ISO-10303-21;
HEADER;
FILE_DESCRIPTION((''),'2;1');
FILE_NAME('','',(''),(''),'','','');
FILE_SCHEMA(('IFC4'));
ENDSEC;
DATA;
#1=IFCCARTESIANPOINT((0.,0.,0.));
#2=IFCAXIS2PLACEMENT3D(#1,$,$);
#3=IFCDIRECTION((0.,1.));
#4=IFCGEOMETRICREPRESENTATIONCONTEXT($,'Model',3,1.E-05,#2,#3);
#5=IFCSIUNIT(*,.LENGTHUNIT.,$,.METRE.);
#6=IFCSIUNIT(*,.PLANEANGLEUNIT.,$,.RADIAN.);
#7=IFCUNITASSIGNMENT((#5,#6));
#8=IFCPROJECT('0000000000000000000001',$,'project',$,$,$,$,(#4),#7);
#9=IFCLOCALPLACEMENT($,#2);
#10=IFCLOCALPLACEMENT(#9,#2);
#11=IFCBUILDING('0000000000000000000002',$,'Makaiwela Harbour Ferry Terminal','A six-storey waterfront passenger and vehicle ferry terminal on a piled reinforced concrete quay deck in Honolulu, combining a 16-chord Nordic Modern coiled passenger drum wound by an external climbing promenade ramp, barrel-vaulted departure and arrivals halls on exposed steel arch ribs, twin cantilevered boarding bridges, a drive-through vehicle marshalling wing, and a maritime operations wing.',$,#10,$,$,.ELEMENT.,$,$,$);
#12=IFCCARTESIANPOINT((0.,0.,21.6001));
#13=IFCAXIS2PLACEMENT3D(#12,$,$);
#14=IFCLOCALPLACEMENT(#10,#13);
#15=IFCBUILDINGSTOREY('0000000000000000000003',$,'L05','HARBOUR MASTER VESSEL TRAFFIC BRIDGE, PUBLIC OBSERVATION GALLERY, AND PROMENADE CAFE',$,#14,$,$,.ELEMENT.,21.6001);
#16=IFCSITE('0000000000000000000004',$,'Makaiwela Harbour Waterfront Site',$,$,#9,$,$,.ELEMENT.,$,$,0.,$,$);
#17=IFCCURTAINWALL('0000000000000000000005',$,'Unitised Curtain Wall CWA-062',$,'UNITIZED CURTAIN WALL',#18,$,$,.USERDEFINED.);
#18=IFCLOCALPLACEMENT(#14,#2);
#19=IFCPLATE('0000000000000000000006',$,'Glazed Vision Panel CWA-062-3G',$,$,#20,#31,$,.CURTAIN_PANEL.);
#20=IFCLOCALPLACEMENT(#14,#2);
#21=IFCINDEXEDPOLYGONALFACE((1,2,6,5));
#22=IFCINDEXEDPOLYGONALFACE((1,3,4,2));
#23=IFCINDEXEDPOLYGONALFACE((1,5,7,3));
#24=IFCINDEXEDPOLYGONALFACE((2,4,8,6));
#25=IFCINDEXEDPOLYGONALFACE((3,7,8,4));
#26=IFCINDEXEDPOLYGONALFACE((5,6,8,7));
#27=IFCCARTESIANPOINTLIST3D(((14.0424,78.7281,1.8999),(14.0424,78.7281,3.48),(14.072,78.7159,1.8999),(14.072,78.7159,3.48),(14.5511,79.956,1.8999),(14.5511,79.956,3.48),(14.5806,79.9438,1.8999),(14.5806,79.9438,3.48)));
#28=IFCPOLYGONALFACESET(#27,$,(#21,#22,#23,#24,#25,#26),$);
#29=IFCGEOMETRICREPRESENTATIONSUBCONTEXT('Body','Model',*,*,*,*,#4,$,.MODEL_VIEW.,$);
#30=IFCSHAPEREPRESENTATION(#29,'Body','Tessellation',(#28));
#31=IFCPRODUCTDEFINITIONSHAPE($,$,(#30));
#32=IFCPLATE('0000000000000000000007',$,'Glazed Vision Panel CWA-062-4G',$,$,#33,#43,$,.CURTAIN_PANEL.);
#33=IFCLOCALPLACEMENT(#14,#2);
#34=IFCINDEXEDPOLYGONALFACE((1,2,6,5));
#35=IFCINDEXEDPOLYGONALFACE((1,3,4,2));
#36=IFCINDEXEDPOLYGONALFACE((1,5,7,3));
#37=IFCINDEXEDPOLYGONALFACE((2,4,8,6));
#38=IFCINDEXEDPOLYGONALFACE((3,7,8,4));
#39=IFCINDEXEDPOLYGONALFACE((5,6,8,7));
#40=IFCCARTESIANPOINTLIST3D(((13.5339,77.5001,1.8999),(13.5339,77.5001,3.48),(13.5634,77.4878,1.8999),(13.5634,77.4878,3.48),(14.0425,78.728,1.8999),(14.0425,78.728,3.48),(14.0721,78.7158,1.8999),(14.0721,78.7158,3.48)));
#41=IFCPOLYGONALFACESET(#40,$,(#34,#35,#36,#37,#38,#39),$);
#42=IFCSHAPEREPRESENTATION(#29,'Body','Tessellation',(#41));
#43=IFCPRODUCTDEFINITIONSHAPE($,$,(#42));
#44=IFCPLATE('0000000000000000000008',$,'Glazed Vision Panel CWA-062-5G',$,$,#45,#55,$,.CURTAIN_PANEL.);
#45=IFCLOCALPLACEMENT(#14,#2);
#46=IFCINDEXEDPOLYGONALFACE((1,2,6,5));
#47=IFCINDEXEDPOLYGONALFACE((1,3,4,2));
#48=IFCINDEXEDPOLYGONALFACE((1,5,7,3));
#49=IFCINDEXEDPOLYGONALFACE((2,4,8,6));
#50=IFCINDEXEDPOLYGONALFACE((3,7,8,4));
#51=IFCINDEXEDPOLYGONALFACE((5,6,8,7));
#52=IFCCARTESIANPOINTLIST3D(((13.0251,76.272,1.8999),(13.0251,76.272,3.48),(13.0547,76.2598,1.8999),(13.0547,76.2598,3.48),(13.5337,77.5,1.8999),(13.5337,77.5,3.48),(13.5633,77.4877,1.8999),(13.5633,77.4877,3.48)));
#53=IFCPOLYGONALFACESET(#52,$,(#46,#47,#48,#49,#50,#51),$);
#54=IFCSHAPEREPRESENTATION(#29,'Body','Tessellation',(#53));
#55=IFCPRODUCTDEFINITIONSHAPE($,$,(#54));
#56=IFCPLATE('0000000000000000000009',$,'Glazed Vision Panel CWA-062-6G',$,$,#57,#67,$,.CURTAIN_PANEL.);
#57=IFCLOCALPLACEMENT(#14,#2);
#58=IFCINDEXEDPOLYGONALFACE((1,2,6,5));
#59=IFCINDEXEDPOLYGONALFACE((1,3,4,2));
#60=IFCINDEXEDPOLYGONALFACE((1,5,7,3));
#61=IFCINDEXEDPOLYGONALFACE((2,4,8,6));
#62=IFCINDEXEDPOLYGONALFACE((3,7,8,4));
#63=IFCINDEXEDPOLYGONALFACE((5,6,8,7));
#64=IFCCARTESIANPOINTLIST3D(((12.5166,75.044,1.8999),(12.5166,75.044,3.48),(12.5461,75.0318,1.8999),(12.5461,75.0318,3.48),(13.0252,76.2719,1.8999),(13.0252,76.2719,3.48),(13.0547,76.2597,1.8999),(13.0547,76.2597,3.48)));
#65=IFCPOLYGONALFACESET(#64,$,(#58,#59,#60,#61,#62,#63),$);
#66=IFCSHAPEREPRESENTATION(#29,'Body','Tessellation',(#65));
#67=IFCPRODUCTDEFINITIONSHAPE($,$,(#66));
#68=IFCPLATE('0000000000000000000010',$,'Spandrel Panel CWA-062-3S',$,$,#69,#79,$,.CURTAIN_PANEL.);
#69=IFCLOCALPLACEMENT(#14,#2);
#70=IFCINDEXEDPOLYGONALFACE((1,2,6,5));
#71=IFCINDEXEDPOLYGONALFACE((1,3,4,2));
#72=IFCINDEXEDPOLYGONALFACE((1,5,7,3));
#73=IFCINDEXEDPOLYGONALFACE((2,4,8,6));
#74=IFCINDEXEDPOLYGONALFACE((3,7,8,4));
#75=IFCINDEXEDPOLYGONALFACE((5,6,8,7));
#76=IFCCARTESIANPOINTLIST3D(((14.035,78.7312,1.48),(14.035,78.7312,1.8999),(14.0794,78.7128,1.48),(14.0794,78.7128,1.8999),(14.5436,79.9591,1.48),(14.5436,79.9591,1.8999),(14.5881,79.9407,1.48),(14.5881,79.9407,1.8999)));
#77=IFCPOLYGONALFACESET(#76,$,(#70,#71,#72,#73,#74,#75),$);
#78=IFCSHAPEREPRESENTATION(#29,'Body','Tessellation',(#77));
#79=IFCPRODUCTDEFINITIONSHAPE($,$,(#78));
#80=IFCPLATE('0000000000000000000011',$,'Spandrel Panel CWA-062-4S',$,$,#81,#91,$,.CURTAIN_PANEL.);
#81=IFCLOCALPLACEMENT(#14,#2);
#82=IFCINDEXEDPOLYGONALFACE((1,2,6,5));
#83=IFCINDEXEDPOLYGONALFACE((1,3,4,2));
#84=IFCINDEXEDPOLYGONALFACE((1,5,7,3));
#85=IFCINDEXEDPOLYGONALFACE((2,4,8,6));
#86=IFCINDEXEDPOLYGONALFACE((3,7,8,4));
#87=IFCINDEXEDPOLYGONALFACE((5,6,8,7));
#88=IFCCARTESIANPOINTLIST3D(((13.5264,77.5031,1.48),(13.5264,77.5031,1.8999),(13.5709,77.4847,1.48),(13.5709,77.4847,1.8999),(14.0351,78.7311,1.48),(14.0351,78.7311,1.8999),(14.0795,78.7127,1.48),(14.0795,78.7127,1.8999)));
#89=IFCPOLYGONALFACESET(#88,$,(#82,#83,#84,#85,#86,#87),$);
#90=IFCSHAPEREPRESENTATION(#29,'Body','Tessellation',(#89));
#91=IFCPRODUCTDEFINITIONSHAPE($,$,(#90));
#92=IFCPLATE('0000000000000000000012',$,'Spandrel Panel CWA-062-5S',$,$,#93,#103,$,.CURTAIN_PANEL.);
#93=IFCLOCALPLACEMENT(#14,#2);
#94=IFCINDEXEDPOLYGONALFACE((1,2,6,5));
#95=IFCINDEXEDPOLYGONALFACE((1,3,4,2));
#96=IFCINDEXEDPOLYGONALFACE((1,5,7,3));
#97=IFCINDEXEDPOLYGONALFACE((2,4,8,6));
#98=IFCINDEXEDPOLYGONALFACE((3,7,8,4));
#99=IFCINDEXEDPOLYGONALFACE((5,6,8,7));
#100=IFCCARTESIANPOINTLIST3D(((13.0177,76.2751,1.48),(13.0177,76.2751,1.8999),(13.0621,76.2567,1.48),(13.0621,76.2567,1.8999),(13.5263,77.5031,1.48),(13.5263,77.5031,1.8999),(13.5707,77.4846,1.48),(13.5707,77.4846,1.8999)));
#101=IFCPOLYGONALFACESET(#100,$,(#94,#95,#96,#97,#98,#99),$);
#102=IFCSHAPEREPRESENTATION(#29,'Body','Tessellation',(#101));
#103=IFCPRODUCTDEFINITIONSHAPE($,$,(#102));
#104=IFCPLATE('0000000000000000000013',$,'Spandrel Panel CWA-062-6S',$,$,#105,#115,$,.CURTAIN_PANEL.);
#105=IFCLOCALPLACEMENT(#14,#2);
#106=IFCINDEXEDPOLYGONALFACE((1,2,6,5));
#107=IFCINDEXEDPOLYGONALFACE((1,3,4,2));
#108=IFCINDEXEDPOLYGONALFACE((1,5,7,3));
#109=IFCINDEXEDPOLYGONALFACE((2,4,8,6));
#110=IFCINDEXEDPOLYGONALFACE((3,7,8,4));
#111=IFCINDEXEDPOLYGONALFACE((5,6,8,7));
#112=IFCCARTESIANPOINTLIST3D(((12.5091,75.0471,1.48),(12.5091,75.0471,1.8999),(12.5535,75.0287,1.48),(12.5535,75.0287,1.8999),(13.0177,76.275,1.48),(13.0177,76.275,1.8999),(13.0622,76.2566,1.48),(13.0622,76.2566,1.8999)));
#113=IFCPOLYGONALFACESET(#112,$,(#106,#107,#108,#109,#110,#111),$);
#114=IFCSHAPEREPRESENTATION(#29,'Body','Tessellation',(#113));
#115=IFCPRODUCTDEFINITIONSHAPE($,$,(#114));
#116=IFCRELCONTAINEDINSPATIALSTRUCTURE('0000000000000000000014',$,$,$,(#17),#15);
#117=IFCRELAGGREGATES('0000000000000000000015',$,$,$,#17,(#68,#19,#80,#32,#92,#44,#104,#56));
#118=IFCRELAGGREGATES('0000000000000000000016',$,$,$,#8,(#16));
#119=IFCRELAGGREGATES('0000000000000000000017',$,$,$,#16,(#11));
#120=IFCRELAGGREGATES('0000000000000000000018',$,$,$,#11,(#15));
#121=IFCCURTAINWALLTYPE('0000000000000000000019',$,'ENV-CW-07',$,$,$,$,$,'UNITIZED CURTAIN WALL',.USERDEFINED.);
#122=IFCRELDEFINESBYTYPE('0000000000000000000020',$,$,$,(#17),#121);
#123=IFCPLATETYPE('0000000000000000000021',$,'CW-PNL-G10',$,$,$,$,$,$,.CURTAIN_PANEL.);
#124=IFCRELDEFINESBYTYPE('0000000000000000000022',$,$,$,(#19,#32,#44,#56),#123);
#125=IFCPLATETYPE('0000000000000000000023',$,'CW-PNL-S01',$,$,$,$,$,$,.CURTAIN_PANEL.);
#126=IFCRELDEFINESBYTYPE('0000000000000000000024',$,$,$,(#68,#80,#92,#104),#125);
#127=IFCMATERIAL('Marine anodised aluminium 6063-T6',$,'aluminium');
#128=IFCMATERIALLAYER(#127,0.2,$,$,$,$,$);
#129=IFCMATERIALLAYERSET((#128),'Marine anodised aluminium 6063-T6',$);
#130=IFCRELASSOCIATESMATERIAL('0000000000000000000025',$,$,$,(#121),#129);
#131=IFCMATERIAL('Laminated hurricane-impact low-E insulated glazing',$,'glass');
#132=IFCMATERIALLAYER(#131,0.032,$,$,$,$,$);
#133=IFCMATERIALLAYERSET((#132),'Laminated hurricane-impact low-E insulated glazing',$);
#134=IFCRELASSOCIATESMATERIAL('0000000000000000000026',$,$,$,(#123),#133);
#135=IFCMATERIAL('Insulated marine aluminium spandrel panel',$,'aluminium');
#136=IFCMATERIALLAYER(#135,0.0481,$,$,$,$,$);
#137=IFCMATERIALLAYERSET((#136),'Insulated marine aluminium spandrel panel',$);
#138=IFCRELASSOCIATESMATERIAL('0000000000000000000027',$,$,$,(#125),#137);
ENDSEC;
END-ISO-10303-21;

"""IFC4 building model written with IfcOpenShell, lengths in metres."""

from ifc_helpers import new_model, si_unit, direction, frame, origin, origin_2d, place, context, subcontext, project, spatial, rectangle, extrude, material, layer, layer_set, type_object, element, aggregate, save


model = new_model("IFC4")

# Units and contexts
model_context = context("Model", 3, precision=1e-05, world=origin(), true_north=direction((0.0, 1.0)))
body_context = subcontext(model_context, "Body", "Model", "MODEL_VIEW")
ifc_project = project(units=[si_unit("LENGTHUNIT", "METRE"), si_unit("PLANEANGLEUNIT", "RADIAN")], contexts=[model_context])

# Site, building, storey
site_placement = place(None, origin())
site = spatial("IfcSite", under=ifc_project, at=site_placement, Name="Makaiwela Harbour Waterfront Site", CompositionType="ELEMENT", RefElevation=0.0)
building_placement = place(site_placement, origin())
building = spatial("IfcBuilding", under=site, at=building_placement, Name="Makaiwela Harbour Ferry Terminal", Description="A six-storey waterfront passenger and vehicle ferry terminal on a piled reinforced concrete quay deck in Honolulu, combining a 16-chord Nordic Modern coiled passenger drum wound by an external climbing promenade ramp, barrel-vaulted departure and arrivals halls on exposed steel arch ribs, twin cantilevered boarding bridges, a drive-through vehicle marshalling wing, and a maritime operations wing.", CompositionType="ELEMENT")
storey_placement = place(building_placement, frame((0.0, 0.0, 21.6001)))
storey = spatial("IfcBuildingStorey", under=building, at=storey_placement, Name="L05", Description="HARBOUR MASTER VESSEL TRAFFIC BRIDGE, PUBLIC OBSERVATION GALLERY, AND PROMENADE CAFE", CompositionType="ELEMENT", Elevation=21.6001)

# Curtain wall
ifc_material_1 = material(Name="Marine anodised aluminium 6063-T6", Category="aluminium")
ifc_layer_1 = layer(ifc_material_1, 0.2)
ifc_layer_set_1 = layer_set([ifc_layer_1], Name="Marine anodised aluminium 6063-T6")
curtain_wall_type = type_object("IfcCurtainWallType", Name="ENV-CW-07", ElementType="UNITIZED CURTAIN WALL", PredefinedType="USERDEFINED", material=ifc_layer_set_1)
curtain_wall_placement = place(storey_placement, origin())
curtain_wall = element("IfcCurtainWall", 1, at=curtain_wall_placement, inside=storey, type_object=curtain_wall_type, Name="Unitised Curtain Wall CWA-062", ObjectType="UNITIZED CURTAIN WALL", PredefinedType="USERDEFINED")

# Plates
ifc_material_2 = material(Name="Laminated hurricane-impact low-E insulated glazing", Category="glass")
ifc_layer_2 = layer(ifc_material_2, 0.032)
ifc_layer_set_2 = layer_set([ifc_layer_2], Name="Laminated hurricane-impact low-E insulated glazing")
plate_type_1 = type_object("IfcPlateType", Name="CW-PNL-G10", PredefinedType="CURTAIN_PANEL", material=ifc_layer_set_2)
plate_1_placement = place(storey_placement, frame((14.3115, 79.3359, 1.8999), z_axis=(0.0, 0.0, 1.0), x_axis=(-0.382683, -0.92388, 0.0)))
plate_1 = element("IfcPlate", 2, at=plate_1_placement, type_object=plate_type_1, Name="Glazed Vision Panel CWA-062-3G", PredefinedType="CURTAIN_PANEL", context=body_context, shape_type="SweptSolid", body=[
    extrude(rectangle(XDim=1.3291, YDim=0.032, at=origin_2d()), origin(), (0.0, 0.0, 1.0), 1.5801),
])
plate_2_placement = place(storey_placement, frame((13.803, 78.1079, 1.8999), z_axis=(0.0, 0.0, 1.0), x_axis=(-0.382683, -0.92388, 0.0)))
plate_2 = element("IfcPlate", 3, at=plate_2_placement, type_object=plate_type_1, Name="Glazed Vision Panel CWA-062-4G", PredefinedType="CURTAIN_PANEL", context=body_context, shape_type="SweptSolid", body=[
    extrude(rectangle(XDim=1.3291, YDim=0.032, at=origin_2d()), origin(), (0.0, 0.0, 1.0), 1.5801),
])
plate_3_placement = place(storey_placement, frame((13.2942, 76.8799, 1.8999), z_axis=(0.0, 0.0, 1.0), x_axis=(-0.382683, -0.92388, 0.0)))
plate_3 = element("IfcPlate", 4, at=plate_3_placement, type_object=plate_type_1, Name="Glazed Vision Panel CWA-062-5G", PredefinedType="CURTAIN_PANEL", context=body_context, shape_type="SweptSolid", body=[
    extrude(rectangle(XDim=1.3291, YDim=0.032, at=origin_2d()), origin(), (0.0, 0.0, 1.0), 1.5801),
])
plate_4_placement = place(storey_placement, frame((12.7856, 75.6519, 1.8999), z_axis=(0.0, 0.0, 1.0), x_axis=(-0.382683, -0.92388, 0.0)))
plate_4 = element("IfcPlate", 5, at=plate_4_placement, type_object=plate_type_1, Name="Glazed Vision Panel CWA-062-6G", PredefinedType="CURTAIN_PANEL", context=body_context, shape_type="SweptSolid", body=[
    extrude(rectangle(XDim=1.3291, YDim=0.032, at=origin_2d()), origin(), (0.0, 0.0, 1.0), 1.5801),
])
ifc_material_3 = material(Name="Insulated marine aluminium spandrel panel", Category="aluminium")
ifc_layer_3 = layer(ifc_material_3, 0.0481)
ifc_layer_set_3 = layer_set([ifc_layer_3], Name="Insulated marine aluminium spandrel panel")
plate_type_2 = type_object("IfcPlateType", Name="CW-PNL-S01", PredefinedType="CURTAIN_PANEL", material=ifc_layer_set_3)
plate_5_placement = place(storey_placement, frame((14.3115, 79.3359, 1.48), z_axis=(0.0, 0.0, 1.0), x_axis=(-0.382683, -0.92388, 0.0)))
plate_5 = element("IfcPlate", 6, at=plate_5_placement, type_object=plate_type_2, Name="Spandrel Panel CWA-062-3S", PredefinedType="CURTAIN_PANEL", context=body_context, shape_type="SweptSolid", body=[
    extrude(rectangle(XDim=1.3291, YDim=0.0481, at=origin_2d()), origin(), (0.0, 0.0, 1.0), 0.4199),
])
plate_6_placement = place(storey_placement, frame((13.803, 78.1079, 1.48), z_axis=(0.0, 0.0, 1.0), x_axis=(-0.382683, -0.92388, 0.0)))
plate_6 = element("IfcPlate", 7, at=plate_6_placement, type_object=plate_type_2, Name="Spandrel Panel CWA-062-4S", PredefinedType="CURTAIN_PANEL", context=body_context, shape_type="SweptSolid", body=[
    extrude(rectangle(XDim=1.3291, YDim=0.0481, at=origin_2d()), origin(), (0.0, 0.0, 1.0), 0.4199),
])
plate_7_placement = place(storey_placement, frame((13.2942, 76.8799, 1.48), z_axis=(0.0, 0.0, 1.0), x_axis=(-0.382683, -0.92388, 0.0)))
plate_7 = element("IfcPlate", 8, at=plate_7_placement, type_object=plate_type_2, Name="Spandrel Panel CWA-062-5S", PredefinedType="CURTAIN_PANEL", context=body_context, shape_type="SweptSolid", body=[
    extrude(rectangle(XDim=1.3291, YDim=0.0481, at=origin_2d()), origin(), (0.0, 0.0, 1.0), 0.4199),
])
plate_8_placement = place(storey_placement, frame((12.7856, 75.6519, 1.48), z_axis=(0.0, 0.0, 1.0), x_axis=(-0.382683, -0.92388, 0.0)))
plate_8 = element("IfcPlate", 9, at=plate_8_placement, type_object=plate_type_2, Name="Spandrel Panel CWA-062-6S", PredefinedType="CURTAIN_PANEL", context=body_context, shape_type="SweptSolid", body=[
    extrude(rectangle(XDim=1.3291, YDim=0.0481, at=origin_2d()), origin(), (0.0, 0.0, 1.0), 0.4199),
])
aggregate(curtain_wall, [plate_5, plate_1, plate_6, plate_2, plate_7, plate_3, plate_8, plate_4])

save(model, "model.ifc")
